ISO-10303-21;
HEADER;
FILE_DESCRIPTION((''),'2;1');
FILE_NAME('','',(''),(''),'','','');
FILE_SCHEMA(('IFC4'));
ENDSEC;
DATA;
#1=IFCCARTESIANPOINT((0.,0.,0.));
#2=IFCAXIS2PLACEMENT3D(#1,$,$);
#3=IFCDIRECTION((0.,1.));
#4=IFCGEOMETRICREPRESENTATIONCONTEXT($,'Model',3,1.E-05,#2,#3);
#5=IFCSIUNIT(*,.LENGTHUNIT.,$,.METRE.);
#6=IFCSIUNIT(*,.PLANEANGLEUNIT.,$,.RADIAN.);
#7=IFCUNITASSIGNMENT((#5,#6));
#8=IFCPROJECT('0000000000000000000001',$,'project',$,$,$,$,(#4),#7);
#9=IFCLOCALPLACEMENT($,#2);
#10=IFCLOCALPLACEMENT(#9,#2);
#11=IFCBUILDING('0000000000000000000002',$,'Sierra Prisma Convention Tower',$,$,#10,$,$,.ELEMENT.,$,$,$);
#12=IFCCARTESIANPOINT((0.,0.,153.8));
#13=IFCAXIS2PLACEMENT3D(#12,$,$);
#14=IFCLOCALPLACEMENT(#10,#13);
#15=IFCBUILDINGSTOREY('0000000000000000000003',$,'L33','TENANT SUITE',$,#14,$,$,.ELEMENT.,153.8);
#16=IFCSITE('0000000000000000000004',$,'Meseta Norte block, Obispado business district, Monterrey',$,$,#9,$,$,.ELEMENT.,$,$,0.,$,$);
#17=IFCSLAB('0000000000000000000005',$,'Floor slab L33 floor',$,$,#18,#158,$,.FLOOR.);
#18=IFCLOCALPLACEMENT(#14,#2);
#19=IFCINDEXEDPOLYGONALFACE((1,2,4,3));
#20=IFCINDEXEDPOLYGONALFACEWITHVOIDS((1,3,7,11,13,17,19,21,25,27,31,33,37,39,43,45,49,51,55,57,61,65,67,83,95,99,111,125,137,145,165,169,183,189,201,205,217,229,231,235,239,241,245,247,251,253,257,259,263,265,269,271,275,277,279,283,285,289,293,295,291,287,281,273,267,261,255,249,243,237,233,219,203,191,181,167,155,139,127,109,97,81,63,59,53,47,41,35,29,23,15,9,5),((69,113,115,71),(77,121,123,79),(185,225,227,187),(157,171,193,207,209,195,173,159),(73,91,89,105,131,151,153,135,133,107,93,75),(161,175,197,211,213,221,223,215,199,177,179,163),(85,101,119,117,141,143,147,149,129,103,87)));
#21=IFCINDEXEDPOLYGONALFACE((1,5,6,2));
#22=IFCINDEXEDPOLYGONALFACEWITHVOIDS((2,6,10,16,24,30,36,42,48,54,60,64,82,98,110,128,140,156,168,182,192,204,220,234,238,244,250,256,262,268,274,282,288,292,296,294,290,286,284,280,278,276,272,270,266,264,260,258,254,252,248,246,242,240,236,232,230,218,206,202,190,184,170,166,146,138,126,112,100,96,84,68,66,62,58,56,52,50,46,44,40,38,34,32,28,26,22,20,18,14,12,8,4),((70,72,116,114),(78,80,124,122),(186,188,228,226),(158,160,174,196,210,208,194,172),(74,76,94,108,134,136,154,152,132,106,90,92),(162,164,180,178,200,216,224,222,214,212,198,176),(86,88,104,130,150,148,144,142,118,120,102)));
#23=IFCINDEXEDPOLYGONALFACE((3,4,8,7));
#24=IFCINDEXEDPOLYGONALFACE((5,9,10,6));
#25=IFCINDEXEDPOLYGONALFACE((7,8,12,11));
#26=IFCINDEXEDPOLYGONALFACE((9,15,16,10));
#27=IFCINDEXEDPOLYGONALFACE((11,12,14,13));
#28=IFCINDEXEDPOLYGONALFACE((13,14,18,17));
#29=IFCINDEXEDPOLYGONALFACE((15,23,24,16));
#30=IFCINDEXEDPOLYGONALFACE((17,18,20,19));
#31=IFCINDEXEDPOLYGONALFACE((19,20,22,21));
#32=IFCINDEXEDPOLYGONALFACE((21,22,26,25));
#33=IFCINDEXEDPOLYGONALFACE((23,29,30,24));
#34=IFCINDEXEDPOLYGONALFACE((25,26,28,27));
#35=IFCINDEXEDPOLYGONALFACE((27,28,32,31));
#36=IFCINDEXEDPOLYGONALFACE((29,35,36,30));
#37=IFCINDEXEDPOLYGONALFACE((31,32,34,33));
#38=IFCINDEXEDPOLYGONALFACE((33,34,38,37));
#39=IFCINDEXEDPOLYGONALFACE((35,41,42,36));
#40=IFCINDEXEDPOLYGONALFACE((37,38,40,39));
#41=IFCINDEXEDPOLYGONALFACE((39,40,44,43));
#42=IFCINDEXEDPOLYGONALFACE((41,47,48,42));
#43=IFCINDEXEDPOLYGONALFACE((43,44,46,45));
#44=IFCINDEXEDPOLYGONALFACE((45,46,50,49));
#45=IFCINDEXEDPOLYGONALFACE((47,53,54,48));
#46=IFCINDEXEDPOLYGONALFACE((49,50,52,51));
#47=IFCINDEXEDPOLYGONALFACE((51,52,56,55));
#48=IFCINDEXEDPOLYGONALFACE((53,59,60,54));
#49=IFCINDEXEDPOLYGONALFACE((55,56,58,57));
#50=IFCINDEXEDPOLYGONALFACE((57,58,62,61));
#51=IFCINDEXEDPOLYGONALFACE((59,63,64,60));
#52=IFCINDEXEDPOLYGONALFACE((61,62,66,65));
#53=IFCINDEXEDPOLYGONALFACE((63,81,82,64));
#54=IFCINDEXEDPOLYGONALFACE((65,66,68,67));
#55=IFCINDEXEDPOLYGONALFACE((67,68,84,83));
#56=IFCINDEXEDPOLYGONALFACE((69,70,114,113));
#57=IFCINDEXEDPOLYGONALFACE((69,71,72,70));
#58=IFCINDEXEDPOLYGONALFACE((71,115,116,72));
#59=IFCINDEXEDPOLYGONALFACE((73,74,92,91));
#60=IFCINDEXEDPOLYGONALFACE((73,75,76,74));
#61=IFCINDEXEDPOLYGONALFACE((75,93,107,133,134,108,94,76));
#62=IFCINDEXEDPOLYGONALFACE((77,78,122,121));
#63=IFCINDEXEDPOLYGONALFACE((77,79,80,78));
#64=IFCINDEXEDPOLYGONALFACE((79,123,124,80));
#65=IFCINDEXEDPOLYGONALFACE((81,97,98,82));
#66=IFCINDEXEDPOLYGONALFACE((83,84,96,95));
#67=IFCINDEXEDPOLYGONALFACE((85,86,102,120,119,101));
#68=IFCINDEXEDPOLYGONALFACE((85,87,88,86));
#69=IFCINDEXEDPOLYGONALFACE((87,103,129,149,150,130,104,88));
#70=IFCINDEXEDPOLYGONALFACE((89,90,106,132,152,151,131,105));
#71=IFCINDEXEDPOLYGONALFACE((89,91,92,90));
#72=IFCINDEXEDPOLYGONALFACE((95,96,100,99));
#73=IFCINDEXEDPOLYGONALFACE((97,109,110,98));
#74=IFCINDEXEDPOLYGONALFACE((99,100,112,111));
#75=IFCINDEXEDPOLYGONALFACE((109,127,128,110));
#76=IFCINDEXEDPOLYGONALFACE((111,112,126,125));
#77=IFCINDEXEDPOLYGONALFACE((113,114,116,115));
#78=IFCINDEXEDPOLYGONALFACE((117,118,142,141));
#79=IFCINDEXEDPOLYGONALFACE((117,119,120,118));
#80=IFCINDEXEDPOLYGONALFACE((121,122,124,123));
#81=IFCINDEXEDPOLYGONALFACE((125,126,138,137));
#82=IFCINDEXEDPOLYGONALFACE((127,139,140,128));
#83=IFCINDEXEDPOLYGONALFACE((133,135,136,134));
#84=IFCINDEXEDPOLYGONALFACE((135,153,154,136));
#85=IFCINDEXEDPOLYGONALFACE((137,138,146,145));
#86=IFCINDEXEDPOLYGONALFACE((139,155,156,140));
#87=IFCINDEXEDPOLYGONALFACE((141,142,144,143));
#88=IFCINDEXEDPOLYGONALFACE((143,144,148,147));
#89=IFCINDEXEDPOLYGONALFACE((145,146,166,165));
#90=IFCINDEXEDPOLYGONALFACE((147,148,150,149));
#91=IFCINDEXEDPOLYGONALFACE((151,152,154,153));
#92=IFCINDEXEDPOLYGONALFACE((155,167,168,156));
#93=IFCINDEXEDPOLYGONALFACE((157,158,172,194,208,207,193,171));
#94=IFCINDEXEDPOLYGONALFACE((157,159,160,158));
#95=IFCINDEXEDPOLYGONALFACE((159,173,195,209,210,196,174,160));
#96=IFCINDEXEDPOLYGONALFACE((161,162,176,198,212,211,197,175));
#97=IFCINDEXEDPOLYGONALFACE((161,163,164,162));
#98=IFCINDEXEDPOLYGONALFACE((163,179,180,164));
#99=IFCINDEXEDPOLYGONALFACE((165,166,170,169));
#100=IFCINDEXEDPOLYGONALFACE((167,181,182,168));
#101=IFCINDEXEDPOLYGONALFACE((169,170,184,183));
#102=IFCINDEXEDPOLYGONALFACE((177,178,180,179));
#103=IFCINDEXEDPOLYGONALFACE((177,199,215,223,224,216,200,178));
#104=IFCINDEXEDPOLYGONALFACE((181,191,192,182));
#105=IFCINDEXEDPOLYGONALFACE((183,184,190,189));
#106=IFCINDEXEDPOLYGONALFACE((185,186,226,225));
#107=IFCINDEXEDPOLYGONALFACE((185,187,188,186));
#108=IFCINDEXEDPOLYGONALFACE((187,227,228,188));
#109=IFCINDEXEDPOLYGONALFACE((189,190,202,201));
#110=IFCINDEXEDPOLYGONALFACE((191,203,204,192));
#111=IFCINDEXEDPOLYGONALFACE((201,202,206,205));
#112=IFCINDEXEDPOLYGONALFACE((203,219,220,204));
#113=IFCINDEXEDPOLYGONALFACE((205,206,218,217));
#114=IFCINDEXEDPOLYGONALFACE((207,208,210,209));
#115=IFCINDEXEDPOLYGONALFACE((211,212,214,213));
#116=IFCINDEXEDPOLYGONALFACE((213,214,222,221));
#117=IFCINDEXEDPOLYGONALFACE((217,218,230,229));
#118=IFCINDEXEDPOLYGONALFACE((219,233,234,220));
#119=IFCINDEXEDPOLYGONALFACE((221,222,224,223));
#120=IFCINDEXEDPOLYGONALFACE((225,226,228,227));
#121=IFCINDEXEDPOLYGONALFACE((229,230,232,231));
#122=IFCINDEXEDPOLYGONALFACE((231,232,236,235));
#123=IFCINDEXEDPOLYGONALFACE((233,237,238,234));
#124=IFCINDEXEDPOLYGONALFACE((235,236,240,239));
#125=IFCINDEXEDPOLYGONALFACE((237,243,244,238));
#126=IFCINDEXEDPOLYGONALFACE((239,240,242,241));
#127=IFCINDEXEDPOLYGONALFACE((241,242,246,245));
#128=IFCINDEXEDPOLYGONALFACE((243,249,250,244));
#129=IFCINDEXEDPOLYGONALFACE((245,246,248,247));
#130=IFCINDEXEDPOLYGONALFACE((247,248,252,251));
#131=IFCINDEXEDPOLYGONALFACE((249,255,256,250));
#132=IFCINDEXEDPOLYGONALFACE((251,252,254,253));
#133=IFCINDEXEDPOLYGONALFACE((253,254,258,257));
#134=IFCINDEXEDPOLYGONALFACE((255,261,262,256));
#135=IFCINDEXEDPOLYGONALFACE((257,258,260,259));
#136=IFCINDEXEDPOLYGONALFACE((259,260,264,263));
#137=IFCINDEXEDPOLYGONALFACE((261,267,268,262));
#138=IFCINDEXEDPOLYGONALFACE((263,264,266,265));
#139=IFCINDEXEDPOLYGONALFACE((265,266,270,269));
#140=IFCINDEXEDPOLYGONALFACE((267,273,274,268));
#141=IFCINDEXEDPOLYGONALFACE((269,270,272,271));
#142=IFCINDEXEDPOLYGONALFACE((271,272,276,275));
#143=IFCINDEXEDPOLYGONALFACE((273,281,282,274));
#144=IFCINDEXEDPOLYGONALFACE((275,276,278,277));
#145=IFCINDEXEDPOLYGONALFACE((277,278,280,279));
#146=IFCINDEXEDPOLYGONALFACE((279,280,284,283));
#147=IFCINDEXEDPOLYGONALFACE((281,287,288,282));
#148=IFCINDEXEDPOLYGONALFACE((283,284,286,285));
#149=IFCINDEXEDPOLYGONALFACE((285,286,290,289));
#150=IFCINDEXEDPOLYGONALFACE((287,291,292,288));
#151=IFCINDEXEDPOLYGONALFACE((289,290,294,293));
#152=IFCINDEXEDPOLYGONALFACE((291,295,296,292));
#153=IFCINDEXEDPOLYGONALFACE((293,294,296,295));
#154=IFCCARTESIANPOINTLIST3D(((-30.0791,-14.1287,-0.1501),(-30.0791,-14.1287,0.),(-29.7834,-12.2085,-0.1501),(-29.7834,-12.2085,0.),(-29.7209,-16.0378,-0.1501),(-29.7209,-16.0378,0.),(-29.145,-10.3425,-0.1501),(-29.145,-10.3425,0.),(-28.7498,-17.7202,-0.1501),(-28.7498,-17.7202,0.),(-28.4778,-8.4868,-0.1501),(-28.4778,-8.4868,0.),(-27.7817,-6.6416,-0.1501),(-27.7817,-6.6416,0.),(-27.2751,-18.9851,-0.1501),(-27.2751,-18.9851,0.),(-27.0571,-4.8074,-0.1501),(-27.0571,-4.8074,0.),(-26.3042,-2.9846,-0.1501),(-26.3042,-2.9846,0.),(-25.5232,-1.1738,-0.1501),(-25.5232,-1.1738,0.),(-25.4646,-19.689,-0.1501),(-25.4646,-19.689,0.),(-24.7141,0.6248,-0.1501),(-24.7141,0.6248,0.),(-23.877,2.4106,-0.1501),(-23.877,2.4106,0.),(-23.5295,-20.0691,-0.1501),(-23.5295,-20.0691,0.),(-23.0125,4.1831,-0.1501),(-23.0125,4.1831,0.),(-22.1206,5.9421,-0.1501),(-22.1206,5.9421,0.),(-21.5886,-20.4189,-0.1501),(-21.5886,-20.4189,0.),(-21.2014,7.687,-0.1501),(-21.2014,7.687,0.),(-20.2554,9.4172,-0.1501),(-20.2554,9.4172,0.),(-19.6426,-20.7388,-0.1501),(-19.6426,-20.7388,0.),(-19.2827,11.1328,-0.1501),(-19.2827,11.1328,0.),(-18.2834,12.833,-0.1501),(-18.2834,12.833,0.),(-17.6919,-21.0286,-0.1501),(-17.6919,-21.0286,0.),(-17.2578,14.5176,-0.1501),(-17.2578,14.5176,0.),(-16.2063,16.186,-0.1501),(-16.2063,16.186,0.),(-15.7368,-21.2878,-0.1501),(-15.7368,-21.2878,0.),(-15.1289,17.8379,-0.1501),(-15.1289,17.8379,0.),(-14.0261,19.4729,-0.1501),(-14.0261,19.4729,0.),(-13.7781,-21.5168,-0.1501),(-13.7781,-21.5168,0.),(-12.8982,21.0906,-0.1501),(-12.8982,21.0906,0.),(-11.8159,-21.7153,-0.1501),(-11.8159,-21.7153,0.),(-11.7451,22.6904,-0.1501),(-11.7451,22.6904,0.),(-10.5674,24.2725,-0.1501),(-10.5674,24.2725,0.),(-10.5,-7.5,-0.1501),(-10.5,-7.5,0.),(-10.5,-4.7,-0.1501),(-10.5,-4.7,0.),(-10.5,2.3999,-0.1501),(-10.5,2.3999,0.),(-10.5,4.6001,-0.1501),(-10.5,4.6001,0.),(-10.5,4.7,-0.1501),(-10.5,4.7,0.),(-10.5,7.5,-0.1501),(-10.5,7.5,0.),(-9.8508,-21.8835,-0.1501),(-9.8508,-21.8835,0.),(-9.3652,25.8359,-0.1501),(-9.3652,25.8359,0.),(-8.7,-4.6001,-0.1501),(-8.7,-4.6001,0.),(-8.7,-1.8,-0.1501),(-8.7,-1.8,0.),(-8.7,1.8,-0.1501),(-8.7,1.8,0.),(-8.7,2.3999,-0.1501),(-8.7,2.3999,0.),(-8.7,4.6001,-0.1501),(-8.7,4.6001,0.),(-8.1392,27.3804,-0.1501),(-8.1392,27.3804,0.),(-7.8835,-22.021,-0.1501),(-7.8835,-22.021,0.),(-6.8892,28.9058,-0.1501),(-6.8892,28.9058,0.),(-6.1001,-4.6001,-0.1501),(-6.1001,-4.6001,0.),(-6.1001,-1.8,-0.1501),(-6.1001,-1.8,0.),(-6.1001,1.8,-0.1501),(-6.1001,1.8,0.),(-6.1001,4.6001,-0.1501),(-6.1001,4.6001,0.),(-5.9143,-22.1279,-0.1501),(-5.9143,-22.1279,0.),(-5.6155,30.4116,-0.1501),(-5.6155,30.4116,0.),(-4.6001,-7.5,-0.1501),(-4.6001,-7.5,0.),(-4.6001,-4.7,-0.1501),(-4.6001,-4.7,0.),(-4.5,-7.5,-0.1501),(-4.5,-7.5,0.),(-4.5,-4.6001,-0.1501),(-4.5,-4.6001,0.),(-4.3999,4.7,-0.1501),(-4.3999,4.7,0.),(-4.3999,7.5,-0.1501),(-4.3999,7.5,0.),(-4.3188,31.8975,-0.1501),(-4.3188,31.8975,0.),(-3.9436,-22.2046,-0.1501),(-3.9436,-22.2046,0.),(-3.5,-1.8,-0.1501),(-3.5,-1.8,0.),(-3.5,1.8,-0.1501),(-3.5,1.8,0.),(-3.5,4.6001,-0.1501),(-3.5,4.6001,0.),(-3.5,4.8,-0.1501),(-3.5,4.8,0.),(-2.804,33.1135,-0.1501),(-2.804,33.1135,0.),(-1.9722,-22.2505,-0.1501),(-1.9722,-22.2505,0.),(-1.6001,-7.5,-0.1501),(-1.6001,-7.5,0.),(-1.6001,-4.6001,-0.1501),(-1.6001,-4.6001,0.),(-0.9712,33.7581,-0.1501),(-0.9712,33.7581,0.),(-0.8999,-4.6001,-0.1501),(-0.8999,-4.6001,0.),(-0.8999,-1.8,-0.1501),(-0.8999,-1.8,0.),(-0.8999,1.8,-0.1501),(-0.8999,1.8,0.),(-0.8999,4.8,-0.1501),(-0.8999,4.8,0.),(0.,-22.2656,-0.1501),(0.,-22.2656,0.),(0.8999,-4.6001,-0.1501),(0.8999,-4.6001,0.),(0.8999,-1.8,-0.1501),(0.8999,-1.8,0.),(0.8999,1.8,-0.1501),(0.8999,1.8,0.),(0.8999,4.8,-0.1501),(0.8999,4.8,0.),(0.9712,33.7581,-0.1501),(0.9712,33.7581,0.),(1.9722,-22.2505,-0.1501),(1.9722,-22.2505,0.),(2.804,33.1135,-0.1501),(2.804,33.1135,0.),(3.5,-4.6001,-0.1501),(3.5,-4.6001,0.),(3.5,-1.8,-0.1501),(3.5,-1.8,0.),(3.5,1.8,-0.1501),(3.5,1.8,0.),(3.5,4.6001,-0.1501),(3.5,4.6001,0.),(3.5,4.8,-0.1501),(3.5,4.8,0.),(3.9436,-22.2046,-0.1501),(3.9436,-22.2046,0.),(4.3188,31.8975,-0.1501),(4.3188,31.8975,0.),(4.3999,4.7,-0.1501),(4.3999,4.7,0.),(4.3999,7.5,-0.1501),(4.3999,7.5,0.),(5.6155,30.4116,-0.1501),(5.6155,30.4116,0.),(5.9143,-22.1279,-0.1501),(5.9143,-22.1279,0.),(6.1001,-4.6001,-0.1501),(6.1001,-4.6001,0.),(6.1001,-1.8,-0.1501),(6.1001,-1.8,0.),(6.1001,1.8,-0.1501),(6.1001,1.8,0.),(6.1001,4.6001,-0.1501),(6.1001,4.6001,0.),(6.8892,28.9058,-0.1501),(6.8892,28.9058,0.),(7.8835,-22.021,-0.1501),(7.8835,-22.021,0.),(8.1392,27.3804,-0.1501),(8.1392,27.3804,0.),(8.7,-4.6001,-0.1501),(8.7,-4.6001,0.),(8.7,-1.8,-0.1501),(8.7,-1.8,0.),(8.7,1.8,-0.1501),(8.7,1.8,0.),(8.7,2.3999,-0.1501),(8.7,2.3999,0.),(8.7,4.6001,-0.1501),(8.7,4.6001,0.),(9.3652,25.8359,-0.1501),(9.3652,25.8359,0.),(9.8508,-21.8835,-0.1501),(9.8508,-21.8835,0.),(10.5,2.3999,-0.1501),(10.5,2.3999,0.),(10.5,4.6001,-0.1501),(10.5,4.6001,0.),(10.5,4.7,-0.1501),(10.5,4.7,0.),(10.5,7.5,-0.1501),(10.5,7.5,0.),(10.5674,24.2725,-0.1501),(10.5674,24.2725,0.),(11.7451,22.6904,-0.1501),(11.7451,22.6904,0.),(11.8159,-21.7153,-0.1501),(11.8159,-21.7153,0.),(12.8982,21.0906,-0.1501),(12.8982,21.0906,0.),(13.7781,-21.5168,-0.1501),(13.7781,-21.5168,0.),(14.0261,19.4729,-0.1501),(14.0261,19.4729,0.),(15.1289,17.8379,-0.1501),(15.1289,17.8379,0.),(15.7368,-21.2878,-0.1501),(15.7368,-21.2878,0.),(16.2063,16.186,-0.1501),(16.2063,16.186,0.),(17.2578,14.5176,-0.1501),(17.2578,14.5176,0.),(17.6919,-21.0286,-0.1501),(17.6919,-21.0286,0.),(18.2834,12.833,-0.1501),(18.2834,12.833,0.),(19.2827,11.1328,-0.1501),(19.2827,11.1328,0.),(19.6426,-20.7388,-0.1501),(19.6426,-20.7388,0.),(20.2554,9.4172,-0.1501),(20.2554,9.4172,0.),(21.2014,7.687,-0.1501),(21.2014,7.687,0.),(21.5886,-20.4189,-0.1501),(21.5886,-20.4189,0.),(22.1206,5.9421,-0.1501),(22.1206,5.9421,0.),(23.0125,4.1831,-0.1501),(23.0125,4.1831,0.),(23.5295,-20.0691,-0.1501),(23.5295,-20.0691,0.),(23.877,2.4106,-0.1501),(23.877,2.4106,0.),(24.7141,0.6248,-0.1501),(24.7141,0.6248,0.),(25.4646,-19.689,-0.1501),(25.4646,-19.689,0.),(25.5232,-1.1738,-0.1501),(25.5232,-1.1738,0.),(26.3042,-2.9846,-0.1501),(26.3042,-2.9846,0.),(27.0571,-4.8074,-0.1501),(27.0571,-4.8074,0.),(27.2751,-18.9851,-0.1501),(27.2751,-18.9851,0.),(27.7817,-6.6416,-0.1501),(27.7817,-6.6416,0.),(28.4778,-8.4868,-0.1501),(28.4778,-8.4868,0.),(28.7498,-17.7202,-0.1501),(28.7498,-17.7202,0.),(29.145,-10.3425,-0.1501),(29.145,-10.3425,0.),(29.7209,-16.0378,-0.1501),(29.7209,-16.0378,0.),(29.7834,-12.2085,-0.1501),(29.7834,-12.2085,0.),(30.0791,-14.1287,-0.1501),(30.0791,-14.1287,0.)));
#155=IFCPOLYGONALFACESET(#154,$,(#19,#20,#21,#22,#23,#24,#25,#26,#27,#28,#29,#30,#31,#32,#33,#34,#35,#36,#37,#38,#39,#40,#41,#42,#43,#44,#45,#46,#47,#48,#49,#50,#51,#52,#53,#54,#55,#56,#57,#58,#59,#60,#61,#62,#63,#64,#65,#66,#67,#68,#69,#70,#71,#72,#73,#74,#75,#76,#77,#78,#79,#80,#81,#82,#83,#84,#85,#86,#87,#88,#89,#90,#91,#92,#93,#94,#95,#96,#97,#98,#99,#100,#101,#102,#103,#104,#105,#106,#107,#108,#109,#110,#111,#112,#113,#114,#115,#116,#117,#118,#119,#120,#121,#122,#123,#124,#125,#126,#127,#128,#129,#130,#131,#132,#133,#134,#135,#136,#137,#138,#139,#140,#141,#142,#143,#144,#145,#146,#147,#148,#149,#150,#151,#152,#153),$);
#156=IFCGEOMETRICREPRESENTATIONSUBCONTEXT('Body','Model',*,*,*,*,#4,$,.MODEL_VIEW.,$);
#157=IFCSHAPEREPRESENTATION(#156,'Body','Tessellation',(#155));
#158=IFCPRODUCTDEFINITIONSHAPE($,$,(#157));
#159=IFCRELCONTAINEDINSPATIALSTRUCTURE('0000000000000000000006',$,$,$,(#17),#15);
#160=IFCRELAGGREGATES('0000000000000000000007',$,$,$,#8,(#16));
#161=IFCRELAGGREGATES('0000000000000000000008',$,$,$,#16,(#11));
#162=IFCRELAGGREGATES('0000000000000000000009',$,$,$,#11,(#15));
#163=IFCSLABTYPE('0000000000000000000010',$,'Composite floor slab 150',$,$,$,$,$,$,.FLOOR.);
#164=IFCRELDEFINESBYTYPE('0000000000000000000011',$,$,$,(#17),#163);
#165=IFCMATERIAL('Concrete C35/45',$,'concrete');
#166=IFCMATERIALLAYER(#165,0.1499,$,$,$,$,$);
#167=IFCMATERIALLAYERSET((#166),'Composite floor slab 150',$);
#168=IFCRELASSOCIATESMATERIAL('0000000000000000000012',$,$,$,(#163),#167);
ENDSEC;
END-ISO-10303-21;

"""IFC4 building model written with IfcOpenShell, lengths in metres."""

from ifc_helpers import new_model, si_unit, direction, frame, origin, place, context, subcontext, project, spatial, polyline, outline, extrude, material, layer, layer_set, type_object, element, save


model = new_model("IFC4")

# Units and contexts
model_context = context("Model", 3, precision=1e-05, world=origin(), true_north=direction((0.0, 1.0)))
body_context = subcontext(model_context, "Body", "Model", "MODEL_VIEW")
ifc_project = project(units=[si_unit("LENGTHUNIT", "METRE"), si_unit("PLANEANGLEUNIT", "RADIAN")], contexts=[model_context])

# Site, building, storey
site_placement = place(None, origin())
site = spatial("IfcSite", under=ifc_project, at=site_placement, Name="Meseta Norte block, Obispado business district, Monterrey", CompositionType="ELEMENT", RefElevation=0.0)
building_placement = place(site_placement, origin())
building = spatial("IfcBuilding", under=site, at=building_placement, Name="Sierra Prisma Convention Tower", CompositionType="ELEMENT")
storey_placement = place(building_placement, frame((0.0, 0.0, 153.8)))
storey = spatial("IfcBuildingStorey", under=building, at=storey_placement, Name="L33", Description="TENANT SUITE", CompositionType="ELEMENT", Elevation=153.8)

# Slab
ifc_material_1 = material(Name="Concrete C35/45", Category="concrete")
ifc_layer_1 = layer(ifc_material_1, 0.1499)
ifc_layer_set_1 = layer_set([ifc_layer_1], Name="Composite floor slab 150")
slab_type = type_object("IfcSlabType", Name="Composite floor slab 150", PredefinedType="FLOOR", material=ifc_layer_set_1)
slab_placement = place(storey_placement, frame((0.0, 0.0, -0.1501)))
element("IfcSlab", 1, at=slab_placement, inside=storey, type_object=slab_type, Name="Floor slab L33 floor", PredefinedType="FLOOR", context=body_context, shape_type="SweptSolid", body=[
    extrude(outline(polyline([(-25.4646, -19.689), (-23.5295, -20.0691), (-21.5886, -20.4189), (-19.6426, -20.7388), (-17.6919, -21.0286), (-15.7368, -21.2878), (-13.7781, -21.5168), (-11.8159, -21.7153), (-9.8508, -21.8835), (-7.8835, -22.021), (-5.9143, -22.1279), (-3.9436, -22.2046), (-1.9722, -22.2505), (0.0, -22.2656), (1.9722, -22.2505), (3.9436, -22.2046), (5.9143, -22.1279), (7.8835, -22.021), (9.8508, -21.8835), (11.8159, -21.7153), (13.7781, -21.5168), (15.7368, -21.2878), (17.6919, -21.0286), (19.6426, -20.7388), (21.5886, -20.4189), (23.5295, -20.0691), (25.4646, -19.689), (27.2751, -18.9851), (28.7498, -17.7202), (29.7209, -16.0378), (30.0791, -14.1287), (29.7834, -12.2085), (29.145, -10.3425), (28.4778, -8.4868), (27.7817, -6.6416), (27.0571, -4.8074), (26.3042, -2.9846), (25.5232, -1.1738), (24.7141, 0.6248), (23.877, 2.4106), (23.0125, 4.1831), (22.1206, 5.9421), (21.2014, 7.687), (20.2554, 9.4172), (19.2827, 11.1328), (18.2834, 12.833), (17.2578, 14.5176), (16.2063, 16.186), (15.1289, 17.8379), (14.0261, 19.4729), (12.8982, 21.0906), (11.7451, 22.6904), (10.5674, 24.2725), (9.3652, 25.8359), (8.1392, 27.3804), (6.8892, 28.9058), (5.6155, 30.4116), (4.3188, 31.8975), (2.804, 33.1135), (0.9712, 33.7581), (-0.9712, 33.7581), (-2.804, 33.1135), (-4.3188, 31.8975), (-5.6155, 30.4116), (-6.8892, 28.9058), (-8.1392, 27.3804), (-9.3652, 25.8359), (-10.5674, 24.2725), (-11.7451, 22.6904), (-12.8982, 21.0906), (-14.0261, 19.4729), (-15.1289, 17.8379), (-16.2063, 16.186), (-17.2578, 14.5176), (-18.2834, 12.833), (-19.2827, 11.1328), (-20.2554, 9.4172), (-21.2014, 7.687), (-22.1206, 5.9421), (-23.0125, 4.1831), (-23.877, 2.4106), (-24.7141, 0.6248), (-25.5232, -1.1738), (-26.3042, -2.9846), (-27.0571, -4.8074), (-27.7817, -6.6416), (-28.4778, -8.4868), (-29.145, -10.3425), (-29.7834, -12.2085), (-30.0791, -14.1287), (-29.7209, -16.0378), (-28.7498, -17.7202), (-27.2751, -18.9851), (-25.4646, -19.689)]), holes=[polyline([(-4.6001, -7.5), (-10.5, -7.5), (-10.5, -4.7), (-4.6001, -4.7), (-4.6001, -7.5)]), polyline([(-8.7, -4.6001), (-8.7, -1.8), (-6.1001, -1.8), (-3.5, -1.8), (-0.8999, -1.8), (-0.8999, -4.6001), (-1.6001, -4.6001), (-1.6001, -7.5), (-4.5, -7.5), (-4.5, -4.6001), (-6.1001, -4.6001), (-8.7, -4.6001)]), polyline([(-10.5, 4.6001), (-8.7, 4.6001), (-6.1001, 4.6001), (-3.5, 4.6001), (-3.5, 4.8), (-0.8999, 4.8), (-0.8999, 1.8), (-3.5, 1.8), (-6.1001, 1.8), (-8.7, 1.8), (-8.7, 2.3999), (-10.5, 2.3999), (-10.5, 4.6001)]), polyline([(-10.5, 4.7), (-10.5, 7.5), (-4.3999, 7.5), (-4.3999, 4.7), (-10.5, 4.7)]), polyline([(6.1001, -1.8), (8.7, -1.8), (8.7, -4.6001), (6.1001, -4.6001), (3.5, -4.6001), (0.8999, -4.6001), (0.8999, -1.8), (3.5, -1.8), (6.1001, -1.8)]), polyline([(8.7, 4.6001), (10.5, 4.6001), (10.5, 2.3999), (8.7, 2.3999), (8.7, 1.8), (6.1001, 1.8), (3.5, 1.8), (0.8999, 1.8), (0.8999, 4.8), (3.5, 4.8), (3.5, 4.6001), (6.1001, 4.6001), (8.7, 4.6001)]), polyline([(4.3999, 4.7), (4.3999, 7.5), (10.5, 7.5), (10.5, 4.7), (4.3999, 4.7)])]), origin(), (0.0, 0.0, 1.0), 0.1501),
])

save(model, "model.ifc")
